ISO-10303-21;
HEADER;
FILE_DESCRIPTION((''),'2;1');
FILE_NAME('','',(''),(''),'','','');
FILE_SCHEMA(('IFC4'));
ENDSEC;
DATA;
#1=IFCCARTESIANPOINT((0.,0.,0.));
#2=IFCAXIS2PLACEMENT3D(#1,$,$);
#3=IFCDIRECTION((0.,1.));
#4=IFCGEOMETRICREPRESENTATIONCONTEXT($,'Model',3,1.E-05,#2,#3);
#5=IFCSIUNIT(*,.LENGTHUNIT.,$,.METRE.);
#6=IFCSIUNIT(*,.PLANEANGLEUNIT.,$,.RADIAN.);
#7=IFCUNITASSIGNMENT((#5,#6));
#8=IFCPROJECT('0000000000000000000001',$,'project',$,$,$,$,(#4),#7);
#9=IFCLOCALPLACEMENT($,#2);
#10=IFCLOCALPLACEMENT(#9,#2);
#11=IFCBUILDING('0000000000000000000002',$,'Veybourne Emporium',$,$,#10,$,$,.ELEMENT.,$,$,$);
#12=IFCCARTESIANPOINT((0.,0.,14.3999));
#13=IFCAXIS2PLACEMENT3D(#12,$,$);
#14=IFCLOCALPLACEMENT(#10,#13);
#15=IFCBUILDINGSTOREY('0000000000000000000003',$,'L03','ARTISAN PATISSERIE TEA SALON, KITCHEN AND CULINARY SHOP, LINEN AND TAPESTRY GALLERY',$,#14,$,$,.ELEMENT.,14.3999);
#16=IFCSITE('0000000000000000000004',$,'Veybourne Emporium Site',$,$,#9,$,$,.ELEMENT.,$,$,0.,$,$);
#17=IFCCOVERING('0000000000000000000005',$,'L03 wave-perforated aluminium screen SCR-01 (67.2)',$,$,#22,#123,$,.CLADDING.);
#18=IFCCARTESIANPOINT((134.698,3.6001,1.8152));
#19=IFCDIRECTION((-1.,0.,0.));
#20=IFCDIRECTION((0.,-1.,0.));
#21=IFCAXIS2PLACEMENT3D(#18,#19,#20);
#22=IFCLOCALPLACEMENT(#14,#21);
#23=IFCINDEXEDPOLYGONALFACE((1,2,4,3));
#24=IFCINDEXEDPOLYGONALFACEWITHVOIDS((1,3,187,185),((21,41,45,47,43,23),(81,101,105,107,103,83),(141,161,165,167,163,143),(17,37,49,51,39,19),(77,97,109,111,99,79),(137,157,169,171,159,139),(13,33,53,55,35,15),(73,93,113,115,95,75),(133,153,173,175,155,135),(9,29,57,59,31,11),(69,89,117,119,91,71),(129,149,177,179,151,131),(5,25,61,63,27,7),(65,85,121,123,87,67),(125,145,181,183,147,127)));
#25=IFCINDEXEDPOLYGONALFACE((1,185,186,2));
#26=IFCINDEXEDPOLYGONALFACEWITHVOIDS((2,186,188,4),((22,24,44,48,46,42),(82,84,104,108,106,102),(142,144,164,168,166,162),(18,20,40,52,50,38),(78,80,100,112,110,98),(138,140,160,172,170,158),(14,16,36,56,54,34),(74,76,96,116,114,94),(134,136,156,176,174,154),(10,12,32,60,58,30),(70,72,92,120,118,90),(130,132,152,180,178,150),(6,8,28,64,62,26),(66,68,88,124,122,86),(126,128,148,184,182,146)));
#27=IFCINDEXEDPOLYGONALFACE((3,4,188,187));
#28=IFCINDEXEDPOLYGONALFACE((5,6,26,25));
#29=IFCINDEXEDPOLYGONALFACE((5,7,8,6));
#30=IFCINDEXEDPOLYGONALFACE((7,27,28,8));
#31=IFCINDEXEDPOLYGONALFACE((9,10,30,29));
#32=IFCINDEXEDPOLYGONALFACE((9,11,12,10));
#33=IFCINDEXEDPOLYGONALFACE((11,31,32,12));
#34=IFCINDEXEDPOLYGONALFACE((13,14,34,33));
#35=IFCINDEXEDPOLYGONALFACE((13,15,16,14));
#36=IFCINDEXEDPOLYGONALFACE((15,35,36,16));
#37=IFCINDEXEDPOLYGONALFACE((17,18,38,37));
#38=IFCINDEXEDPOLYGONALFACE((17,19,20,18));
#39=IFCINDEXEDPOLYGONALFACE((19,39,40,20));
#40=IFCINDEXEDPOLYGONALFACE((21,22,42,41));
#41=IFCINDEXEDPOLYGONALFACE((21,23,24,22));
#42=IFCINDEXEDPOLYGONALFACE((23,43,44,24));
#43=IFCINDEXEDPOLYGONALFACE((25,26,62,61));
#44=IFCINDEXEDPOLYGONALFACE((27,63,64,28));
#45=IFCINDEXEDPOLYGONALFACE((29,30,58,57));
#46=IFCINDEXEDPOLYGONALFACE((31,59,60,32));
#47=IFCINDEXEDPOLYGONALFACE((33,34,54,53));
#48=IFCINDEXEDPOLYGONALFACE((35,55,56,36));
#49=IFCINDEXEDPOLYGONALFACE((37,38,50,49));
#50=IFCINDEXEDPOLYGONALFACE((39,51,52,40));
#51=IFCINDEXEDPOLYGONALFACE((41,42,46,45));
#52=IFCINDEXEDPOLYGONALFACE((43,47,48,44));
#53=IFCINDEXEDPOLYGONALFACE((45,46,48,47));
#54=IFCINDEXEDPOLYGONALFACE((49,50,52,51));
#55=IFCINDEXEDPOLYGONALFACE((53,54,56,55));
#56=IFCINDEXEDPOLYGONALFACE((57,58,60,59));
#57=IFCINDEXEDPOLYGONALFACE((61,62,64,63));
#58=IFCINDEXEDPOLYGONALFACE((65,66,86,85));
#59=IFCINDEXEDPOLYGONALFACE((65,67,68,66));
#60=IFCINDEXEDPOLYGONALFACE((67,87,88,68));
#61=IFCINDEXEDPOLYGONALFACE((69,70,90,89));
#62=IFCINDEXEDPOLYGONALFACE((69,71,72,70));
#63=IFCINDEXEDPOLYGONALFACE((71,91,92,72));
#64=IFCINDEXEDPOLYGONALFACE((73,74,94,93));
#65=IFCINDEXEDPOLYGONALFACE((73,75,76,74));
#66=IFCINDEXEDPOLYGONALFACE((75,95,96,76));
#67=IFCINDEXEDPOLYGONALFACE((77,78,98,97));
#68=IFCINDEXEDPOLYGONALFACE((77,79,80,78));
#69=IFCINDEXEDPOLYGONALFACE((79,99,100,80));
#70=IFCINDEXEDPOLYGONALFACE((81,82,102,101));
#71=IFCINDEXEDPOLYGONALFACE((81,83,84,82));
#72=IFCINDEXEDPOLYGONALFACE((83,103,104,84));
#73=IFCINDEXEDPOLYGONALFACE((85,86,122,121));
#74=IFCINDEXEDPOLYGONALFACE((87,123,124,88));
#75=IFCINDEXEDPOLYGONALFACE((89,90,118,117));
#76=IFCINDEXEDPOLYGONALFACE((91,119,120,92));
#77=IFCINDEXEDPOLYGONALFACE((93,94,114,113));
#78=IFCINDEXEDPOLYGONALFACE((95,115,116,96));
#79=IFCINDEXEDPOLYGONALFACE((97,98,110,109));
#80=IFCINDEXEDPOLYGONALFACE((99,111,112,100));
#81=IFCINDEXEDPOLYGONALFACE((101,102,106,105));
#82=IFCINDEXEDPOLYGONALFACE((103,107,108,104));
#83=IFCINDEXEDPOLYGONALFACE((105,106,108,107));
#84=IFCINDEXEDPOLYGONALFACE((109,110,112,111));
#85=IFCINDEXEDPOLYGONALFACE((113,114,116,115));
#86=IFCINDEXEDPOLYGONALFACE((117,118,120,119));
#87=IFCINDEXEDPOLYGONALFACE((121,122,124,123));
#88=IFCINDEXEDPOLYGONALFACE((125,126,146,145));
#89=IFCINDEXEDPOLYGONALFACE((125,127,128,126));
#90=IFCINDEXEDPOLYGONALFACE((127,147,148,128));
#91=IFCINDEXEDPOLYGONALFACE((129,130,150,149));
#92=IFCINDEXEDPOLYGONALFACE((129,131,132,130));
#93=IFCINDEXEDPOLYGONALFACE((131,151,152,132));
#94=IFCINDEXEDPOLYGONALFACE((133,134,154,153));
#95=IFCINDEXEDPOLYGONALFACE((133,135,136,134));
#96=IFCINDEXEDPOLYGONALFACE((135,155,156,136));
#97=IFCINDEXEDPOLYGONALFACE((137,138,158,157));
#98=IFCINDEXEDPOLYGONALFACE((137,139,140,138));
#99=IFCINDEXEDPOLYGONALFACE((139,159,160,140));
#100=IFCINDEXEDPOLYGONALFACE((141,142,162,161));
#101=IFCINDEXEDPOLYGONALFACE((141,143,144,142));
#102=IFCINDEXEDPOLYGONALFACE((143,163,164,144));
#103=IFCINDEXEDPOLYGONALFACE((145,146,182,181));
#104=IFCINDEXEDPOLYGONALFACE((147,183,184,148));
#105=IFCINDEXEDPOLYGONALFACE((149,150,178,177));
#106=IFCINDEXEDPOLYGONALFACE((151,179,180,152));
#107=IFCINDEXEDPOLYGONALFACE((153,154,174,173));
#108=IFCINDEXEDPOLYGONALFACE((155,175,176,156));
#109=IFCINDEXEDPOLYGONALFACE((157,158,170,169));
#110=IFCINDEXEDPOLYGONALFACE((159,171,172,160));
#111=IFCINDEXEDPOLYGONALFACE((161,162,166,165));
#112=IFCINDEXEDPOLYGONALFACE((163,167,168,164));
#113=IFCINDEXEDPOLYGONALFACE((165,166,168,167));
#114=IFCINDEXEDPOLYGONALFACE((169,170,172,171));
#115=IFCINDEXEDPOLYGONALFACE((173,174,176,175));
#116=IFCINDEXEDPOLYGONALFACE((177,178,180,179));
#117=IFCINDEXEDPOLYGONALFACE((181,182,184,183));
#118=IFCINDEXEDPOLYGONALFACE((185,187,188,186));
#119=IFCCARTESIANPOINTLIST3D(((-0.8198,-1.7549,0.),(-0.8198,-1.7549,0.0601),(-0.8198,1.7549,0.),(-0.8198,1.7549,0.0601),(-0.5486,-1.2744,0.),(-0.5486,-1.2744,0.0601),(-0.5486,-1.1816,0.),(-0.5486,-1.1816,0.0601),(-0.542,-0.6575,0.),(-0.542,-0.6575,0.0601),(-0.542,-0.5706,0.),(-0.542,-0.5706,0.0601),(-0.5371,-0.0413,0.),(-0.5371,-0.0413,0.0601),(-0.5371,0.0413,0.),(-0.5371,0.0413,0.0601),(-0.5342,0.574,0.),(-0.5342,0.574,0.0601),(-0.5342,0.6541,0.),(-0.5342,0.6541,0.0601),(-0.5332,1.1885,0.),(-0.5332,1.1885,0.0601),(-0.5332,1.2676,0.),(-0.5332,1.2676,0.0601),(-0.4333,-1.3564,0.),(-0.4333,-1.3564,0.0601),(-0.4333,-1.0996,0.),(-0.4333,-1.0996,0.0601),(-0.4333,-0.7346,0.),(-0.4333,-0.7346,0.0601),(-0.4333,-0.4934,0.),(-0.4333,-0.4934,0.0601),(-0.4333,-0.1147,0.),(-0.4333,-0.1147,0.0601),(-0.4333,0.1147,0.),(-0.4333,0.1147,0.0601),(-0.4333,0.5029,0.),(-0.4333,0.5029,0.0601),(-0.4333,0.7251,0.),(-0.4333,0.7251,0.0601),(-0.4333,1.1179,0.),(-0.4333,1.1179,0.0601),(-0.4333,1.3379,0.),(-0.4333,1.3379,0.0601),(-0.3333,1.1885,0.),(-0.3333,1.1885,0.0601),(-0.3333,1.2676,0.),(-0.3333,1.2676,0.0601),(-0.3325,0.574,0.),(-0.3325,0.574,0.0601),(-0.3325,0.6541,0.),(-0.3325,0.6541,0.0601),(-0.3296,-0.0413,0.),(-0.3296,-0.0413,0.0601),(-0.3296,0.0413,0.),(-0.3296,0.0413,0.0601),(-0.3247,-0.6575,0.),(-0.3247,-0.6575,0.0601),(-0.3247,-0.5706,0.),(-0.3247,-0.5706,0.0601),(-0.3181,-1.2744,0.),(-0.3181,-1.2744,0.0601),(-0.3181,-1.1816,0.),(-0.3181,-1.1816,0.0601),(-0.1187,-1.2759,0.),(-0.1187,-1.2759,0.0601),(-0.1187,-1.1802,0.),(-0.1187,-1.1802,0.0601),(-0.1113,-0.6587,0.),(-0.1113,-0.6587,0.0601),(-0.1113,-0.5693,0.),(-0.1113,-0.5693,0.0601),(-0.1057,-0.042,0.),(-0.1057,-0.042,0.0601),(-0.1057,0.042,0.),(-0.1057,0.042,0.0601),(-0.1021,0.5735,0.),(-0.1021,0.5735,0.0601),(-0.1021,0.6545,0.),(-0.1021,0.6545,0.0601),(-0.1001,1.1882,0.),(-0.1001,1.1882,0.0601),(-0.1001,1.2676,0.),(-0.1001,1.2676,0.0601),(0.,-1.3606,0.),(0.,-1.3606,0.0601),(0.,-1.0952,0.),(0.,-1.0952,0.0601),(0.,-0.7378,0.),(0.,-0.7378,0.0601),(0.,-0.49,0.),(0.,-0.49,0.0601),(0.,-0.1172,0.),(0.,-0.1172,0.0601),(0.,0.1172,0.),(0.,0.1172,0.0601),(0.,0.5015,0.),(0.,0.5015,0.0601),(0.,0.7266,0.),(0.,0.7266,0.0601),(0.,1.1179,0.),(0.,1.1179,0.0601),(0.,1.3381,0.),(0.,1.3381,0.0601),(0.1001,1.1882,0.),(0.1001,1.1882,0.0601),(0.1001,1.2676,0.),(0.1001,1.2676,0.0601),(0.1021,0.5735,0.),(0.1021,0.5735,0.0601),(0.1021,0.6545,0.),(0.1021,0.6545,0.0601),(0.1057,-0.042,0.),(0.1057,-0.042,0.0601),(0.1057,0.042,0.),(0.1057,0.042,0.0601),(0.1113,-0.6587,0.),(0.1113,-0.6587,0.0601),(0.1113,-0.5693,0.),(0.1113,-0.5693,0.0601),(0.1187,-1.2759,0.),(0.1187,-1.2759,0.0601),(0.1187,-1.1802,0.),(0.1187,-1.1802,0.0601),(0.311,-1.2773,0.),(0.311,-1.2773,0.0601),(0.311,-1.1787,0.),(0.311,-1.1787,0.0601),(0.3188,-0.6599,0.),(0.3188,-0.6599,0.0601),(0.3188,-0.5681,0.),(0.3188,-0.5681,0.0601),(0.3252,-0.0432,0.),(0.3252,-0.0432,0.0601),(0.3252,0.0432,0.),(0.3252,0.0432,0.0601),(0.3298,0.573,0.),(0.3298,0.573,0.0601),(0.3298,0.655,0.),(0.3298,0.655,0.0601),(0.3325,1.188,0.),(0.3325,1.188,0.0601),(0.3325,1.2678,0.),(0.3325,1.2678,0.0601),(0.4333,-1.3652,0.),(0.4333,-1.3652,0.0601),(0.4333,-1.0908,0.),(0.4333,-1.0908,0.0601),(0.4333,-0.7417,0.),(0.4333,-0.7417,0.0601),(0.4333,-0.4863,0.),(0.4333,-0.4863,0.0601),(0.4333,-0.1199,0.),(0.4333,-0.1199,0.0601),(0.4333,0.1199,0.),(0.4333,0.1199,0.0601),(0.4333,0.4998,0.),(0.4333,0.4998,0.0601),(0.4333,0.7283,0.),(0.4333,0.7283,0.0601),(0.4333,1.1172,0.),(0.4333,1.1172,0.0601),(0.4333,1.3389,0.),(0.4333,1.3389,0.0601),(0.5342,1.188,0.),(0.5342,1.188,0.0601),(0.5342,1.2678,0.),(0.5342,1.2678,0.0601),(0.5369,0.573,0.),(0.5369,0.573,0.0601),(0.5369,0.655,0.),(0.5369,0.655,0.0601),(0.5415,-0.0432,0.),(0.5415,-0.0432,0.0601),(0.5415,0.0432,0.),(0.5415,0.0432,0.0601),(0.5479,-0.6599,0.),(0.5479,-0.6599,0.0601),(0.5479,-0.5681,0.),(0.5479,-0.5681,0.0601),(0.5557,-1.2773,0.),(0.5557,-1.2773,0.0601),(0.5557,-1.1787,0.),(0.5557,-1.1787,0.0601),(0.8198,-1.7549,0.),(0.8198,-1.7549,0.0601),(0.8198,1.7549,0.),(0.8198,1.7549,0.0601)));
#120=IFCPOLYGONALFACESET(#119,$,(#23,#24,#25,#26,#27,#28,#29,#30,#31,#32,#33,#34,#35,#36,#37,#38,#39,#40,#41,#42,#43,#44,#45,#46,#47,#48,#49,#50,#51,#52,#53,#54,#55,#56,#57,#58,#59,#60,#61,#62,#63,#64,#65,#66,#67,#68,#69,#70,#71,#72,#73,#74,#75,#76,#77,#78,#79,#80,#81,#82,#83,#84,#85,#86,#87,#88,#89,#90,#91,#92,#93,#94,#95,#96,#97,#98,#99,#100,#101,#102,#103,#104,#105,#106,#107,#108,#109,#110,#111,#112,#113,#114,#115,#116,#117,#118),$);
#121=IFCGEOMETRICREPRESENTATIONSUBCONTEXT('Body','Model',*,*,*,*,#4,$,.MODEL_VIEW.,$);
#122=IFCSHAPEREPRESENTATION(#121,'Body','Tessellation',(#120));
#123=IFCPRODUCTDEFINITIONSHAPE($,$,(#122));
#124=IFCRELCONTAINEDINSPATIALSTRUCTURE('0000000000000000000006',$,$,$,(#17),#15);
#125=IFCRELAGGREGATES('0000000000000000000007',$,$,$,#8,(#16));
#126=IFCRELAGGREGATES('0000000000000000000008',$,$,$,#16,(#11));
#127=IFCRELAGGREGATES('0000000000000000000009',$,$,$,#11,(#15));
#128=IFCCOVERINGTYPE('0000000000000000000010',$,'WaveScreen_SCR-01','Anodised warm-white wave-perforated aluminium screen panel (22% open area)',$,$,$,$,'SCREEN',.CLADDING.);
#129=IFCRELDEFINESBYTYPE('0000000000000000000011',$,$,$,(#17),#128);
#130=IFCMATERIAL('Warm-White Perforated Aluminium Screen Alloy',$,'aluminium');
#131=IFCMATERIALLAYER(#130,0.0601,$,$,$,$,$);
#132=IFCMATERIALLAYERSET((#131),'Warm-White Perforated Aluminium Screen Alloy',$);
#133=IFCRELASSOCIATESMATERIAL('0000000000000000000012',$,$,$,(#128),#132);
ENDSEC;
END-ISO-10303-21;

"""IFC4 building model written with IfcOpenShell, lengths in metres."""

from ifc_helpers import new_model, si_unit, direction, frame, origin, place, context, subcontext, project, spatial, polyline, outline, extrude, material, layer, layer_set, type_object, element, save


model = new_model("IFC4")

# Units and contexts
model_context = context("Model", 3, precision=1e-05, world=origin(), true_north=direction((0.0, 1.0)))
body_context = subcontext(model_context, "Body", "Model", "MODEL_VIEW")
ifc_project = project(units=[si_unit("LENGTHUNIT", "METRE"), si_unit("PLANEANGLEUNIT", "RADIAN")], contexts=[model_context])

# Site, building, storey
site_placement = place(None, origin())
site = spatial("IfcSite", under=ifc_project, at=site_placement, Name="Veybourne Emporium Site", CompositionType="ELEMENT", RefElevation=0.0)
building_placement = place(site_placement, origin())
building = spatial("IfcBuilding", under=site, at=building_placement, Name="Veybourne Emporium", CompositionType="ELEMENT")
storey_placement = place(building_placement, frame((0.0, 0.0, 14.3999)))
storey = spatial("IfcBuildingStorey", under=building, at=storey_placement, Name="L03", Description="ARTISAN PATISSERIE TEA SALON, KITCHEN AND CULINARY SHOP, LINEN AND TAPESTRY GALLERY", CompositionType="ELEMENT", Elevation=14.3999)

# Covering
ifc_material_1 = material(Name="Warm-White Perforated Aluminium Screen Alloy", Category="aluminium")
ifc_layer_1 = layer(ifc_material_1, 0.0601)
ifc_layer_set_1 = layer_set([ifc_layer_1], Name="Warm-White Perforated Aluminium Screen Alloy")
covering_type_1 = type_object("IfcCoveringType", Name="WaveScreen_SCR-01", Description="Anodised warm-white wave-perforated aluminium screen panel (22% open area)", ElementType="SCREEN", PredefinedType="CLADDING", material=ifc_layer_set_1)
covering_1_placement = place(storey_placement, frame((134.698, 3.6001, 1.8152), z_axis=(-1.0, 0.0, 0.0), x_axis=(0.0, -1.0, 0.0)))
element("IfcCovering", 1, at=covering_1_placement, inside=storey, type_object=covering_type_1, Name="L03 wave-perforated aluminium screen SCR-01 (67.2)", PredefinedType="CLADDING", context=body_context, shape_type="SweptSolid", body=[
    extrude(outline(polyline([(-0.8198, -1.7549), (0.8198, -1.7549), (0.8198, 1.7549), (-0.8198, 1.7549), (-0.8198, -1.7549)]), holes=[polyline([(-0.4333, -1.0996), (-0.3181, -1.1816), (-0.3181, -1.2744), (-0.4333, -1.3564), (-0.5486, -1.2744), (-0.5486, -1.1816), (-0.4333, -1.0996)]), polyline([(-0.4333, -0.4934), (-0.3247, -0.5706), (-0.3247, -0.6575), (-0.4333, -0.7346), (-0.542, -0.6575), (-0.542, -0.5706), (-0.4333, -0.4934)]), polyline([(-0.4333, 0.1147), (-0.3296, 0.0413), (-0.3296, -0.0413), (-0.4333, -0.1147), (-0.5371, -0.0413), (-0.5371, 0.0413), (-0.4333, 0.1147)]), polyline([(-0.4333, 0.7251), (-0.3325, 0.6541), (-0.3325, 0.574), (-0.4333, 0.5029), (-0.5342, 0.574), (-0.5342, 0.6541), (-0.4333, 0.7251)]), polyline([(-0.4333, 1.3379), (-0.3333, 1.2676), (-0.3333, 1.1885), (-0.4333, 1.1179), (-0.5332, 1.1885), (-0.5332, 1.2676), (-0.4333, 1.3379)]), polyline([(0.0, -1.0952), (0.1187, -1.1802), (0.1187, -1.2759), (0.0, -1.3606), (-0.1187, -1.2759), (-0.1187, -1.1802), (0.0, -1.0952)]), polyline([(0.0, -0.49), (0.1113, -0.5693), (0.1113, -0.6587), (0.0, -0.7378), (-0.1113, -0.6587), (-0.1113, -0.5693), (0.0, -0.49)]), polyline([(0.0, 0.1172), (0.1057, 0.042), (0.1057, -0.042), (0.0, -0.1172), (-0.1057, -0.042), (-0.1057, 0.042), (0.0, 0.1172)]), polyline([(0.0, 0.7266), (0.1021, 0.6545), (0.1021, 0.5735), (0.0, 0.5015), (-0.1021, 0.5735), (-0.1021, 0.6545), (0.0, 0.7266)]), polyline([(0.0, 1.3381), (0.1001, 1.2676), (0.1001, 1.1882), (0.0, 1.1179), (-0.1001, 1.1882), (-0.1001, 1.2676), (0.0, 1.3381)]), polyline([(0.4333, -1.0908), (0.5557, -1.1787), (0.5557, -1.2773), (0.4333, -1.3652), (0.311, -1.2773), (0.311, -1.1787), (0.4333, -1.0908)]), polyline([(0.4333, -0.4863), (0.5479, -0.5681), (0.5479, -0.6599), (0.4333, -0.7417), (0.3188, -0.6599), (0.3188, -0.5681), (0.4333, -0.4863)]), polyline([(0.4333, 0.1199), (0.5415, 0.0432), (0.5415, -0.0432), (0.4333, -0.1199), (0.3252, -0.0432), (0.3252, 0.0432), (0.4333, 0.1199)]), polyline([(0.4333, 0.7283), (0.5369, 0.655), (0.5369, 0.573), (0.4333, 0.4998), (0.3298, 0.573), (0.3298, 0.655), (0.4333, 0.7283)]), polyline([(0.4333, 1.3389), (0.5342, 1.2678), (0.5342, 1.188), (0.4333, 1.1172), (0.3325, 1.188), (0.3325, 1.2678), (0.4333, 1.3389)])]), origin(), (0.0, 0.0, 1.0), 0.0601),
])

save(model, "model.ifc")
